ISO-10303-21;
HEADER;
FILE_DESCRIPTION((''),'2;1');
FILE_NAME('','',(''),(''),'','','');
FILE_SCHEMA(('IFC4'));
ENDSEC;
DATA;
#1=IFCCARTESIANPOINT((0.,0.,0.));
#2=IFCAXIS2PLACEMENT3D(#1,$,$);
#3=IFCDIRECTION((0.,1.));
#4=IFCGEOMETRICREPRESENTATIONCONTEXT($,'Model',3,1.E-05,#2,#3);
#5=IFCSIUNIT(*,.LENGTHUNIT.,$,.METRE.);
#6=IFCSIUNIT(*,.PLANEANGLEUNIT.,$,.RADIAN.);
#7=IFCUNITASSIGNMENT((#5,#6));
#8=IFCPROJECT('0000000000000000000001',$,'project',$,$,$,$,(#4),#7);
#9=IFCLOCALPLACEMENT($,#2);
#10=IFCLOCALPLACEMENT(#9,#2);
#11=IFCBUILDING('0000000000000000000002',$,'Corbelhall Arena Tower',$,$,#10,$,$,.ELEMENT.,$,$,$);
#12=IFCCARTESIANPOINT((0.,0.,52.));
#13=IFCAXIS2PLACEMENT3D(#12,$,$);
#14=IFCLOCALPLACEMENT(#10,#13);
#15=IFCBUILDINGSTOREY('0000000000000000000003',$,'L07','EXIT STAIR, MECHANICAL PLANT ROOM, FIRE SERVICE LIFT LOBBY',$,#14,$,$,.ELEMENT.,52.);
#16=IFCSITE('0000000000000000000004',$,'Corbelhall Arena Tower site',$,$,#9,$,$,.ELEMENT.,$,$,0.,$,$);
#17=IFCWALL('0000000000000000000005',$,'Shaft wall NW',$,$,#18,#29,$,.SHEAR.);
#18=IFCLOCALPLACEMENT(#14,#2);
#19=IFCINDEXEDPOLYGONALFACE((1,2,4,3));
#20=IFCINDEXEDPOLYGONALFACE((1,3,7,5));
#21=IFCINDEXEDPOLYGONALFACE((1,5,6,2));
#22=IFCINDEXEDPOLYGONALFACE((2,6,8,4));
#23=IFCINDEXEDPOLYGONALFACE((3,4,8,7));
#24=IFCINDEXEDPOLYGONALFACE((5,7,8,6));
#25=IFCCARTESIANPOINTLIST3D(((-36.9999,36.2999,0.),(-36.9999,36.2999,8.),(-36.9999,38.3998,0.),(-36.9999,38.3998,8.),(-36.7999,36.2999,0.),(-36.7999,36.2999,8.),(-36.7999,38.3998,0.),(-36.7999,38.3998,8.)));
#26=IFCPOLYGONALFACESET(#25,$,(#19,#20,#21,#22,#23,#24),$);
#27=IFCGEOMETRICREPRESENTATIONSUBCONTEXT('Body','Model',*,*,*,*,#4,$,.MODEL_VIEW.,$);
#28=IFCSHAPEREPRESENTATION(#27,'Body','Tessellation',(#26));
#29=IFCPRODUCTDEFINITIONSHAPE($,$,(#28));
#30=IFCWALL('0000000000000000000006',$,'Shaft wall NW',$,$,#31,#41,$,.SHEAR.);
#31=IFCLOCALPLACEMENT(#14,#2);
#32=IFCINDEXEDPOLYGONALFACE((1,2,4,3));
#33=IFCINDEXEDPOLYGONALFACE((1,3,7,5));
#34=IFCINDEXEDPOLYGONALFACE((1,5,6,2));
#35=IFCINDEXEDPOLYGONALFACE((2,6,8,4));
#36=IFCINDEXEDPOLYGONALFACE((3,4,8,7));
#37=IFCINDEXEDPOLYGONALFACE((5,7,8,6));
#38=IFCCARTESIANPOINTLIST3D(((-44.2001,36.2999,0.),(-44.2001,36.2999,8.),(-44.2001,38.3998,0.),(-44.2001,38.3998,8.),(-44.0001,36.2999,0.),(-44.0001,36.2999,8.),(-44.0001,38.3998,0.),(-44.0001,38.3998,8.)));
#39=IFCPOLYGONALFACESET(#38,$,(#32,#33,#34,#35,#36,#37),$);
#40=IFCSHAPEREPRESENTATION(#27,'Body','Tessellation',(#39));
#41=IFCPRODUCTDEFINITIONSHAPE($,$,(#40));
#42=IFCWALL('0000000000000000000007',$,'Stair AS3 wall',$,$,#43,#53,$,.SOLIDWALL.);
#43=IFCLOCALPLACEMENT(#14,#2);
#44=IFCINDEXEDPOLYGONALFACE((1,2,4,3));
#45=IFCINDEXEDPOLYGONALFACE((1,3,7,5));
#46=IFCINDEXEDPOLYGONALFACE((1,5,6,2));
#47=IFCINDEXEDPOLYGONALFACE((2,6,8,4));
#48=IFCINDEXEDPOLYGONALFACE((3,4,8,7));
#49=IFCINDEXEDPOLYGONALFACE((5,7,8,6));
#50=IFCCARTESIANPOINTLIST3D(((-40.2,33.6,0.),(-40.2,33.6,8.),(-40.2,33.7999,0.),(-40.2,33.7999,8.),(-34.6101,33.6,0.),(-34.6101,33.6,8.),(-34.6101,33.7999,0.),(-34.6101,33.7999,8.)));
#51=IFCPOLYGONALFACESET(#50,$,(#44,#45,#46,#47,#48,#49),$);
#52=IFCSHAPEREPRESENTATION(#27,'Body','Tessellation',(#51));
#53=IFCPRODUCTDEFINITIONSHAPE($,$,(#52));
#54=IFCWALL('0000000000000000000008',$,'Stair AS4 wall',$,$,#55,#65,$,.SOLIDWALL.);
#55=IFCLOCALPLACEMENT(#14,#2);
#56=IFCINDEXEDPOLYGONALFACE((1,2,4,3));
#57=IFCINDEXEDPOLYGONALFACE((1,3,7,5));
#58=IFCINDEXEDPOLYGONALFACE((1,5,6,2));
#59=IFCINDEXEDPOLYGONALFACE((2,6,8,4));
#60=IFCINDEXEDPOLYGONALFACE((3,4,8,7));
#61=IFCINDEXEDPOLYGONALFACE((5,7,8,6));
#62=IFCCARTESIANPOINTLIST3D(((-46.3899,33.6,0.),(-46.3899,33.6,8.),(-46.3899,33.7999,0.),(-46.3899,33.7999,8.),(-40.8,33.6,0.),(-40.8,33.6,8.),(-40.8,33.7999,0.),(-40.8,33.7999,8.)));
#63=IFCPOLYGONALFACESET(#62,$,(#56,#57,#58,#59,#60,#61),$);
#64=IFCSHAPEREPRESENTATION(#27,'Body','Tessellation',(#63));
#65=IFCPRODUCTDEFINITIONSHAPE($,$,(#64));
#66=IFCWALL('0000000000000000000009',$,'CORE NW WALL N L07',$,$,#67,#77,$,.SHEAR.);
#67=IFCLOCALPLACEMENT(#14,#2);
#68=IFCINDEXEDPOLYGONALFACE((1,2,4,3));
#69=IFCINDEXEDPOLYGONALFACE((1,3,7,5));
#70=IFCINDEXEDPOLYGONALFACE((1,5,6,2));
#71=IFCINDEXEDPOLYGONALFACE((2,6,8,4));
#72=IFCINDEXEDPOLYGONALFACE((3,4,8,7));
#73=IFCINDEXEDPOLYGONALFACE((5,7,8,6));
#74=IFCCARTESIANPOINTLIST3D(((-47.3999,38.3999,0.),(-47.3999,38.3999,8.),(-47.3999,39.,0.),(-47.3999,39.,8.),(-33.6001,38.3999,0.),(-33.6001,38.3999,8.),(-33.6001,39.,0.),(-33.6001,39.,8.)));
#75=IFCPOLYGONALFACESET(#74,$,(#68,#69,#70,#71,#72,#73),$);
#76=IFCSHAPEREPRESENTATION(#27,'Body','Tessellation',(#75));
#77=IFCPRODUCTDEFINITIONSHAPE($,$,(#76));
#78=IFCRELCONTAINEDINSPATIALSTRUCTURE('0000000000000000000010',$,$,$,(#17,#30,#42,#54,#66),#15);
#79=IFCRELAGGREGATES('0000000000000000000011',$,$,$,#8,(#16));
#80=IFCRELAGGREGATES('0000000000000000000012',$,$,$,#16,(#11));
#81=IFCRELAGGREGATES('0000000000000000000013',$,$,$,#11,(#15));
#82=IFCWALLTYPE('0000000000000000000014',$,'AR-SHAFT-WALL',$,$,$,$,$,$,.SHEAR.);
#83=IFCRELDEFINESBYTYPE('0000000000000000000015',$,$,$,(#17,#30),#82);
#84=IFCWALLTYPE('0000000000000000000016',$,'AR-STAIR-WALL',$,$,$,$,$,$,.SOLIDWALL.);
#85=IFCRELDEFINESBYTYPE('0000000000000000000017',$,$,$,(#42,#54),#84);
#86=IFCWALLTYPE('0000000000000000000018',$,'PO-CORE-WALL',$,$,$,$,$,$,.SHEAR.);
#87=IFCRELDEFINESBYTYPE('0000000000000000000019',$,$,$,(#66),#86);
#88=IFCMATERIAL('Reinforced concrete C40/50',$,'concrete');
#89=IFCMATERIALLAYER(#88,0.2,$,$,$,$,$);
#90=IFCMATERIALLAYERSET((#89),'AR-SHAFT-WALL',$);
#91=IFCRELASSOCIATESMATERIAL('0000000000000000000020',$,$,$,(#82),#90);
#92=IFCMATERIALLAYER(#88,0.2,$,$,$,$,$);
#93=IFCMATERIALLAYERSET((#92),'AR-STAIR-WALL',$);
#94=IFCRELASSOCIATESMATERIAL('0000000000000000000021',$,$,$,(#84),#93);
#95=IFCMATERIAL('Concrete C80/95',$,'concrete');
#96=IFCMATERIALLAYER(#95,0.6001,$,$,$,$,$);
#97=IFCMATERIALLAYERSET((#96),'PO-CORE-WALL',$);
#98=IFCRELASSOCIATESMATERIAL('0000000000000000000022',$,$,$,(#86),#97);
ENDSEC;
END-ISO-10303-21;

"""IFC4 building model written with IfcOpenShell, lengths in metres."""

from ifc_helpers import new_model, si_unit, direction, frame, frame_2d, origin, place, context, subcontext, project, spatial, rectangle, extrude, material, layer, layer_set, type_object, element, save


model = new_model("IFC4")

# Units and contexts
model_context = context("Model", 3, precision=1e-05, world=origin(), true_north=direction((0.0, 1.0)))
body_context = subcontext(model_context, "Body", "Model", "MODEL_VIEW")
ifc_project = project(units=[si_unit("LENGTHUNIT", "METRE"), si_unit("PLANEANGLEUNIT", "RADIAN")], contexts=[model_context])

# Site, building, storey
site_placement = place(None, origin())
site = spatial("IfcSite", under=ifc_project, at=site_placement, Name="Corbelhall Arena Tower site", CompositionType="ELEMENT", RefElevation=0.0)
building_placement = place(site_placement, origin())
building = spatial("IfcBuilding", under=site, at=building_placement, Name="Corbelhall Arena Tower", CompositionType="ELEMENT")
storey_placement = place(building_placement, frame((0.0, 0.0, 52.0)))
storey = spatial("IfcBuildingStorey", under=building, at=storey_placement, Name="L07", Description="EXIT STAIR, MECHANICAL PLANT ROOM, FIRE SERVICE LIFT LOBBY", CompositionType="ELEMENT", Elevation=52.0)

# Shared definitions
ifc_material_1 = material(Name="Reinforced concrete C40/50", Category="concrete")
ifc_layer_1 = layer(ifc_material_1, 0.2)
ifc_layer_set_1 = layer_set([ifc_layer_1], Name="AR-SHAFT-WALL")
wall_type_1 = type_object("IfcWallType", Name="AR-SHAFT-WALL", PredefinedType="SHEAR", material=ifc_layer_set_1)

# Walls
for number, where, z_axis, x_axis, name in (
    (1, (-36.8999, 36.3, 0.0), (0.0, 0.0, 1.0), (0.0, 1.0, 0.0), "Shaft wall NW"),
    (2, (-44.1001, 36.3, 0.0), (0.0, 0.0, 1.0), (0.0, 1.0, 0.0), "Shaft wall NW"),
):
    element("IfcWall", number, at=place(storey_placement, frame(where, z_axis=z_axis, x_axis=x_axis)), inside=storey, type_object=wall_type_1, Name=name, PredefinedType="SHEAR", context=body_context, shape_type="SweptSolid", body=[
        extrude(rectangle(XDim=2.0999, YDim=0.2, at=frame_2d((1.0498, 0.0))), origin(), (0.0, 0.0, 1.0), 8.0),
    ])
ifc_layer_2 = layer(ifc_material_1, 0.2)
ifc_layer_set_2 = layer_set([ifc_layer_2], Name="AR-STAIR-WALL")
wall_type_2 = type_object("IfcWallType", Name="AR-STAIR-WALL", PredefinedType="SOLIDWALL", material=ifc_layer_set_2)
for number, where, z_axis, x_axis, name in (
    (3, (-40.2, 33.7, 0.0), (0.0, 0.0, 1.0), (1.0, 0.0, 0.0), "Stair AS3 wall"),
    (4, (-46.3899, 33.7, 0.0), (0.0, 0.0, 1.0), (1.0, 0.0, 0.0), "Stair AS4 wall"),
):
    element("IfcWall", number, at=place(storey_placement, frame(where, z_axis=z_axis, x_axis=x_axis)), inside=storey, type_object=wall_type_2, Name=name, PredefinedType="SOLIDWALL", context=body_context, shape_type="SweptSolid", body=[
        extrude(rectangle(XDim=5.5898, YDim=0.2, at=frame_2d((2.7949, 0.0))), origin(), (0.0, 0.0, 1.0), 8.0),
    ])
ifc_material_2 = material(Name="Concrete C80/95", Category="concrete")
ifc_layer_3 = layer(ifc_material_2, 0.6001)
ifc_layer_set_3 = layer_set([ifc_layer_3], Name="PO-CORE-WALL")
wall_type_3 = type_object("IfcWallType", Name="PO-CORE-WALL", PredefinedType="SHEAR", material=ifc_layer_set_3)
wall_1_placement = place(storey_placement, frame((-47.3999, 38.7, 0.0), z_axis=(0.0, 0.0, 1.0), x_axis=(1.0, 0.0, 0.0)))
element("IfcWall", 5, at=wall_1_placement, inside=storey, type_object=wall_type_3, Name="CORE NW WALL N L07", PredefinedType="SHEAR", context=body_context, shape_type="SweptSolid", body=[
    extrude(rectangle(XDim=13.7998, YDim=0.6001, at=frame_2d((6.8999, 0.0))), origin(), (0.0, 0.0, 1.0), 8.0),
])

save(model, "model.ifc")
